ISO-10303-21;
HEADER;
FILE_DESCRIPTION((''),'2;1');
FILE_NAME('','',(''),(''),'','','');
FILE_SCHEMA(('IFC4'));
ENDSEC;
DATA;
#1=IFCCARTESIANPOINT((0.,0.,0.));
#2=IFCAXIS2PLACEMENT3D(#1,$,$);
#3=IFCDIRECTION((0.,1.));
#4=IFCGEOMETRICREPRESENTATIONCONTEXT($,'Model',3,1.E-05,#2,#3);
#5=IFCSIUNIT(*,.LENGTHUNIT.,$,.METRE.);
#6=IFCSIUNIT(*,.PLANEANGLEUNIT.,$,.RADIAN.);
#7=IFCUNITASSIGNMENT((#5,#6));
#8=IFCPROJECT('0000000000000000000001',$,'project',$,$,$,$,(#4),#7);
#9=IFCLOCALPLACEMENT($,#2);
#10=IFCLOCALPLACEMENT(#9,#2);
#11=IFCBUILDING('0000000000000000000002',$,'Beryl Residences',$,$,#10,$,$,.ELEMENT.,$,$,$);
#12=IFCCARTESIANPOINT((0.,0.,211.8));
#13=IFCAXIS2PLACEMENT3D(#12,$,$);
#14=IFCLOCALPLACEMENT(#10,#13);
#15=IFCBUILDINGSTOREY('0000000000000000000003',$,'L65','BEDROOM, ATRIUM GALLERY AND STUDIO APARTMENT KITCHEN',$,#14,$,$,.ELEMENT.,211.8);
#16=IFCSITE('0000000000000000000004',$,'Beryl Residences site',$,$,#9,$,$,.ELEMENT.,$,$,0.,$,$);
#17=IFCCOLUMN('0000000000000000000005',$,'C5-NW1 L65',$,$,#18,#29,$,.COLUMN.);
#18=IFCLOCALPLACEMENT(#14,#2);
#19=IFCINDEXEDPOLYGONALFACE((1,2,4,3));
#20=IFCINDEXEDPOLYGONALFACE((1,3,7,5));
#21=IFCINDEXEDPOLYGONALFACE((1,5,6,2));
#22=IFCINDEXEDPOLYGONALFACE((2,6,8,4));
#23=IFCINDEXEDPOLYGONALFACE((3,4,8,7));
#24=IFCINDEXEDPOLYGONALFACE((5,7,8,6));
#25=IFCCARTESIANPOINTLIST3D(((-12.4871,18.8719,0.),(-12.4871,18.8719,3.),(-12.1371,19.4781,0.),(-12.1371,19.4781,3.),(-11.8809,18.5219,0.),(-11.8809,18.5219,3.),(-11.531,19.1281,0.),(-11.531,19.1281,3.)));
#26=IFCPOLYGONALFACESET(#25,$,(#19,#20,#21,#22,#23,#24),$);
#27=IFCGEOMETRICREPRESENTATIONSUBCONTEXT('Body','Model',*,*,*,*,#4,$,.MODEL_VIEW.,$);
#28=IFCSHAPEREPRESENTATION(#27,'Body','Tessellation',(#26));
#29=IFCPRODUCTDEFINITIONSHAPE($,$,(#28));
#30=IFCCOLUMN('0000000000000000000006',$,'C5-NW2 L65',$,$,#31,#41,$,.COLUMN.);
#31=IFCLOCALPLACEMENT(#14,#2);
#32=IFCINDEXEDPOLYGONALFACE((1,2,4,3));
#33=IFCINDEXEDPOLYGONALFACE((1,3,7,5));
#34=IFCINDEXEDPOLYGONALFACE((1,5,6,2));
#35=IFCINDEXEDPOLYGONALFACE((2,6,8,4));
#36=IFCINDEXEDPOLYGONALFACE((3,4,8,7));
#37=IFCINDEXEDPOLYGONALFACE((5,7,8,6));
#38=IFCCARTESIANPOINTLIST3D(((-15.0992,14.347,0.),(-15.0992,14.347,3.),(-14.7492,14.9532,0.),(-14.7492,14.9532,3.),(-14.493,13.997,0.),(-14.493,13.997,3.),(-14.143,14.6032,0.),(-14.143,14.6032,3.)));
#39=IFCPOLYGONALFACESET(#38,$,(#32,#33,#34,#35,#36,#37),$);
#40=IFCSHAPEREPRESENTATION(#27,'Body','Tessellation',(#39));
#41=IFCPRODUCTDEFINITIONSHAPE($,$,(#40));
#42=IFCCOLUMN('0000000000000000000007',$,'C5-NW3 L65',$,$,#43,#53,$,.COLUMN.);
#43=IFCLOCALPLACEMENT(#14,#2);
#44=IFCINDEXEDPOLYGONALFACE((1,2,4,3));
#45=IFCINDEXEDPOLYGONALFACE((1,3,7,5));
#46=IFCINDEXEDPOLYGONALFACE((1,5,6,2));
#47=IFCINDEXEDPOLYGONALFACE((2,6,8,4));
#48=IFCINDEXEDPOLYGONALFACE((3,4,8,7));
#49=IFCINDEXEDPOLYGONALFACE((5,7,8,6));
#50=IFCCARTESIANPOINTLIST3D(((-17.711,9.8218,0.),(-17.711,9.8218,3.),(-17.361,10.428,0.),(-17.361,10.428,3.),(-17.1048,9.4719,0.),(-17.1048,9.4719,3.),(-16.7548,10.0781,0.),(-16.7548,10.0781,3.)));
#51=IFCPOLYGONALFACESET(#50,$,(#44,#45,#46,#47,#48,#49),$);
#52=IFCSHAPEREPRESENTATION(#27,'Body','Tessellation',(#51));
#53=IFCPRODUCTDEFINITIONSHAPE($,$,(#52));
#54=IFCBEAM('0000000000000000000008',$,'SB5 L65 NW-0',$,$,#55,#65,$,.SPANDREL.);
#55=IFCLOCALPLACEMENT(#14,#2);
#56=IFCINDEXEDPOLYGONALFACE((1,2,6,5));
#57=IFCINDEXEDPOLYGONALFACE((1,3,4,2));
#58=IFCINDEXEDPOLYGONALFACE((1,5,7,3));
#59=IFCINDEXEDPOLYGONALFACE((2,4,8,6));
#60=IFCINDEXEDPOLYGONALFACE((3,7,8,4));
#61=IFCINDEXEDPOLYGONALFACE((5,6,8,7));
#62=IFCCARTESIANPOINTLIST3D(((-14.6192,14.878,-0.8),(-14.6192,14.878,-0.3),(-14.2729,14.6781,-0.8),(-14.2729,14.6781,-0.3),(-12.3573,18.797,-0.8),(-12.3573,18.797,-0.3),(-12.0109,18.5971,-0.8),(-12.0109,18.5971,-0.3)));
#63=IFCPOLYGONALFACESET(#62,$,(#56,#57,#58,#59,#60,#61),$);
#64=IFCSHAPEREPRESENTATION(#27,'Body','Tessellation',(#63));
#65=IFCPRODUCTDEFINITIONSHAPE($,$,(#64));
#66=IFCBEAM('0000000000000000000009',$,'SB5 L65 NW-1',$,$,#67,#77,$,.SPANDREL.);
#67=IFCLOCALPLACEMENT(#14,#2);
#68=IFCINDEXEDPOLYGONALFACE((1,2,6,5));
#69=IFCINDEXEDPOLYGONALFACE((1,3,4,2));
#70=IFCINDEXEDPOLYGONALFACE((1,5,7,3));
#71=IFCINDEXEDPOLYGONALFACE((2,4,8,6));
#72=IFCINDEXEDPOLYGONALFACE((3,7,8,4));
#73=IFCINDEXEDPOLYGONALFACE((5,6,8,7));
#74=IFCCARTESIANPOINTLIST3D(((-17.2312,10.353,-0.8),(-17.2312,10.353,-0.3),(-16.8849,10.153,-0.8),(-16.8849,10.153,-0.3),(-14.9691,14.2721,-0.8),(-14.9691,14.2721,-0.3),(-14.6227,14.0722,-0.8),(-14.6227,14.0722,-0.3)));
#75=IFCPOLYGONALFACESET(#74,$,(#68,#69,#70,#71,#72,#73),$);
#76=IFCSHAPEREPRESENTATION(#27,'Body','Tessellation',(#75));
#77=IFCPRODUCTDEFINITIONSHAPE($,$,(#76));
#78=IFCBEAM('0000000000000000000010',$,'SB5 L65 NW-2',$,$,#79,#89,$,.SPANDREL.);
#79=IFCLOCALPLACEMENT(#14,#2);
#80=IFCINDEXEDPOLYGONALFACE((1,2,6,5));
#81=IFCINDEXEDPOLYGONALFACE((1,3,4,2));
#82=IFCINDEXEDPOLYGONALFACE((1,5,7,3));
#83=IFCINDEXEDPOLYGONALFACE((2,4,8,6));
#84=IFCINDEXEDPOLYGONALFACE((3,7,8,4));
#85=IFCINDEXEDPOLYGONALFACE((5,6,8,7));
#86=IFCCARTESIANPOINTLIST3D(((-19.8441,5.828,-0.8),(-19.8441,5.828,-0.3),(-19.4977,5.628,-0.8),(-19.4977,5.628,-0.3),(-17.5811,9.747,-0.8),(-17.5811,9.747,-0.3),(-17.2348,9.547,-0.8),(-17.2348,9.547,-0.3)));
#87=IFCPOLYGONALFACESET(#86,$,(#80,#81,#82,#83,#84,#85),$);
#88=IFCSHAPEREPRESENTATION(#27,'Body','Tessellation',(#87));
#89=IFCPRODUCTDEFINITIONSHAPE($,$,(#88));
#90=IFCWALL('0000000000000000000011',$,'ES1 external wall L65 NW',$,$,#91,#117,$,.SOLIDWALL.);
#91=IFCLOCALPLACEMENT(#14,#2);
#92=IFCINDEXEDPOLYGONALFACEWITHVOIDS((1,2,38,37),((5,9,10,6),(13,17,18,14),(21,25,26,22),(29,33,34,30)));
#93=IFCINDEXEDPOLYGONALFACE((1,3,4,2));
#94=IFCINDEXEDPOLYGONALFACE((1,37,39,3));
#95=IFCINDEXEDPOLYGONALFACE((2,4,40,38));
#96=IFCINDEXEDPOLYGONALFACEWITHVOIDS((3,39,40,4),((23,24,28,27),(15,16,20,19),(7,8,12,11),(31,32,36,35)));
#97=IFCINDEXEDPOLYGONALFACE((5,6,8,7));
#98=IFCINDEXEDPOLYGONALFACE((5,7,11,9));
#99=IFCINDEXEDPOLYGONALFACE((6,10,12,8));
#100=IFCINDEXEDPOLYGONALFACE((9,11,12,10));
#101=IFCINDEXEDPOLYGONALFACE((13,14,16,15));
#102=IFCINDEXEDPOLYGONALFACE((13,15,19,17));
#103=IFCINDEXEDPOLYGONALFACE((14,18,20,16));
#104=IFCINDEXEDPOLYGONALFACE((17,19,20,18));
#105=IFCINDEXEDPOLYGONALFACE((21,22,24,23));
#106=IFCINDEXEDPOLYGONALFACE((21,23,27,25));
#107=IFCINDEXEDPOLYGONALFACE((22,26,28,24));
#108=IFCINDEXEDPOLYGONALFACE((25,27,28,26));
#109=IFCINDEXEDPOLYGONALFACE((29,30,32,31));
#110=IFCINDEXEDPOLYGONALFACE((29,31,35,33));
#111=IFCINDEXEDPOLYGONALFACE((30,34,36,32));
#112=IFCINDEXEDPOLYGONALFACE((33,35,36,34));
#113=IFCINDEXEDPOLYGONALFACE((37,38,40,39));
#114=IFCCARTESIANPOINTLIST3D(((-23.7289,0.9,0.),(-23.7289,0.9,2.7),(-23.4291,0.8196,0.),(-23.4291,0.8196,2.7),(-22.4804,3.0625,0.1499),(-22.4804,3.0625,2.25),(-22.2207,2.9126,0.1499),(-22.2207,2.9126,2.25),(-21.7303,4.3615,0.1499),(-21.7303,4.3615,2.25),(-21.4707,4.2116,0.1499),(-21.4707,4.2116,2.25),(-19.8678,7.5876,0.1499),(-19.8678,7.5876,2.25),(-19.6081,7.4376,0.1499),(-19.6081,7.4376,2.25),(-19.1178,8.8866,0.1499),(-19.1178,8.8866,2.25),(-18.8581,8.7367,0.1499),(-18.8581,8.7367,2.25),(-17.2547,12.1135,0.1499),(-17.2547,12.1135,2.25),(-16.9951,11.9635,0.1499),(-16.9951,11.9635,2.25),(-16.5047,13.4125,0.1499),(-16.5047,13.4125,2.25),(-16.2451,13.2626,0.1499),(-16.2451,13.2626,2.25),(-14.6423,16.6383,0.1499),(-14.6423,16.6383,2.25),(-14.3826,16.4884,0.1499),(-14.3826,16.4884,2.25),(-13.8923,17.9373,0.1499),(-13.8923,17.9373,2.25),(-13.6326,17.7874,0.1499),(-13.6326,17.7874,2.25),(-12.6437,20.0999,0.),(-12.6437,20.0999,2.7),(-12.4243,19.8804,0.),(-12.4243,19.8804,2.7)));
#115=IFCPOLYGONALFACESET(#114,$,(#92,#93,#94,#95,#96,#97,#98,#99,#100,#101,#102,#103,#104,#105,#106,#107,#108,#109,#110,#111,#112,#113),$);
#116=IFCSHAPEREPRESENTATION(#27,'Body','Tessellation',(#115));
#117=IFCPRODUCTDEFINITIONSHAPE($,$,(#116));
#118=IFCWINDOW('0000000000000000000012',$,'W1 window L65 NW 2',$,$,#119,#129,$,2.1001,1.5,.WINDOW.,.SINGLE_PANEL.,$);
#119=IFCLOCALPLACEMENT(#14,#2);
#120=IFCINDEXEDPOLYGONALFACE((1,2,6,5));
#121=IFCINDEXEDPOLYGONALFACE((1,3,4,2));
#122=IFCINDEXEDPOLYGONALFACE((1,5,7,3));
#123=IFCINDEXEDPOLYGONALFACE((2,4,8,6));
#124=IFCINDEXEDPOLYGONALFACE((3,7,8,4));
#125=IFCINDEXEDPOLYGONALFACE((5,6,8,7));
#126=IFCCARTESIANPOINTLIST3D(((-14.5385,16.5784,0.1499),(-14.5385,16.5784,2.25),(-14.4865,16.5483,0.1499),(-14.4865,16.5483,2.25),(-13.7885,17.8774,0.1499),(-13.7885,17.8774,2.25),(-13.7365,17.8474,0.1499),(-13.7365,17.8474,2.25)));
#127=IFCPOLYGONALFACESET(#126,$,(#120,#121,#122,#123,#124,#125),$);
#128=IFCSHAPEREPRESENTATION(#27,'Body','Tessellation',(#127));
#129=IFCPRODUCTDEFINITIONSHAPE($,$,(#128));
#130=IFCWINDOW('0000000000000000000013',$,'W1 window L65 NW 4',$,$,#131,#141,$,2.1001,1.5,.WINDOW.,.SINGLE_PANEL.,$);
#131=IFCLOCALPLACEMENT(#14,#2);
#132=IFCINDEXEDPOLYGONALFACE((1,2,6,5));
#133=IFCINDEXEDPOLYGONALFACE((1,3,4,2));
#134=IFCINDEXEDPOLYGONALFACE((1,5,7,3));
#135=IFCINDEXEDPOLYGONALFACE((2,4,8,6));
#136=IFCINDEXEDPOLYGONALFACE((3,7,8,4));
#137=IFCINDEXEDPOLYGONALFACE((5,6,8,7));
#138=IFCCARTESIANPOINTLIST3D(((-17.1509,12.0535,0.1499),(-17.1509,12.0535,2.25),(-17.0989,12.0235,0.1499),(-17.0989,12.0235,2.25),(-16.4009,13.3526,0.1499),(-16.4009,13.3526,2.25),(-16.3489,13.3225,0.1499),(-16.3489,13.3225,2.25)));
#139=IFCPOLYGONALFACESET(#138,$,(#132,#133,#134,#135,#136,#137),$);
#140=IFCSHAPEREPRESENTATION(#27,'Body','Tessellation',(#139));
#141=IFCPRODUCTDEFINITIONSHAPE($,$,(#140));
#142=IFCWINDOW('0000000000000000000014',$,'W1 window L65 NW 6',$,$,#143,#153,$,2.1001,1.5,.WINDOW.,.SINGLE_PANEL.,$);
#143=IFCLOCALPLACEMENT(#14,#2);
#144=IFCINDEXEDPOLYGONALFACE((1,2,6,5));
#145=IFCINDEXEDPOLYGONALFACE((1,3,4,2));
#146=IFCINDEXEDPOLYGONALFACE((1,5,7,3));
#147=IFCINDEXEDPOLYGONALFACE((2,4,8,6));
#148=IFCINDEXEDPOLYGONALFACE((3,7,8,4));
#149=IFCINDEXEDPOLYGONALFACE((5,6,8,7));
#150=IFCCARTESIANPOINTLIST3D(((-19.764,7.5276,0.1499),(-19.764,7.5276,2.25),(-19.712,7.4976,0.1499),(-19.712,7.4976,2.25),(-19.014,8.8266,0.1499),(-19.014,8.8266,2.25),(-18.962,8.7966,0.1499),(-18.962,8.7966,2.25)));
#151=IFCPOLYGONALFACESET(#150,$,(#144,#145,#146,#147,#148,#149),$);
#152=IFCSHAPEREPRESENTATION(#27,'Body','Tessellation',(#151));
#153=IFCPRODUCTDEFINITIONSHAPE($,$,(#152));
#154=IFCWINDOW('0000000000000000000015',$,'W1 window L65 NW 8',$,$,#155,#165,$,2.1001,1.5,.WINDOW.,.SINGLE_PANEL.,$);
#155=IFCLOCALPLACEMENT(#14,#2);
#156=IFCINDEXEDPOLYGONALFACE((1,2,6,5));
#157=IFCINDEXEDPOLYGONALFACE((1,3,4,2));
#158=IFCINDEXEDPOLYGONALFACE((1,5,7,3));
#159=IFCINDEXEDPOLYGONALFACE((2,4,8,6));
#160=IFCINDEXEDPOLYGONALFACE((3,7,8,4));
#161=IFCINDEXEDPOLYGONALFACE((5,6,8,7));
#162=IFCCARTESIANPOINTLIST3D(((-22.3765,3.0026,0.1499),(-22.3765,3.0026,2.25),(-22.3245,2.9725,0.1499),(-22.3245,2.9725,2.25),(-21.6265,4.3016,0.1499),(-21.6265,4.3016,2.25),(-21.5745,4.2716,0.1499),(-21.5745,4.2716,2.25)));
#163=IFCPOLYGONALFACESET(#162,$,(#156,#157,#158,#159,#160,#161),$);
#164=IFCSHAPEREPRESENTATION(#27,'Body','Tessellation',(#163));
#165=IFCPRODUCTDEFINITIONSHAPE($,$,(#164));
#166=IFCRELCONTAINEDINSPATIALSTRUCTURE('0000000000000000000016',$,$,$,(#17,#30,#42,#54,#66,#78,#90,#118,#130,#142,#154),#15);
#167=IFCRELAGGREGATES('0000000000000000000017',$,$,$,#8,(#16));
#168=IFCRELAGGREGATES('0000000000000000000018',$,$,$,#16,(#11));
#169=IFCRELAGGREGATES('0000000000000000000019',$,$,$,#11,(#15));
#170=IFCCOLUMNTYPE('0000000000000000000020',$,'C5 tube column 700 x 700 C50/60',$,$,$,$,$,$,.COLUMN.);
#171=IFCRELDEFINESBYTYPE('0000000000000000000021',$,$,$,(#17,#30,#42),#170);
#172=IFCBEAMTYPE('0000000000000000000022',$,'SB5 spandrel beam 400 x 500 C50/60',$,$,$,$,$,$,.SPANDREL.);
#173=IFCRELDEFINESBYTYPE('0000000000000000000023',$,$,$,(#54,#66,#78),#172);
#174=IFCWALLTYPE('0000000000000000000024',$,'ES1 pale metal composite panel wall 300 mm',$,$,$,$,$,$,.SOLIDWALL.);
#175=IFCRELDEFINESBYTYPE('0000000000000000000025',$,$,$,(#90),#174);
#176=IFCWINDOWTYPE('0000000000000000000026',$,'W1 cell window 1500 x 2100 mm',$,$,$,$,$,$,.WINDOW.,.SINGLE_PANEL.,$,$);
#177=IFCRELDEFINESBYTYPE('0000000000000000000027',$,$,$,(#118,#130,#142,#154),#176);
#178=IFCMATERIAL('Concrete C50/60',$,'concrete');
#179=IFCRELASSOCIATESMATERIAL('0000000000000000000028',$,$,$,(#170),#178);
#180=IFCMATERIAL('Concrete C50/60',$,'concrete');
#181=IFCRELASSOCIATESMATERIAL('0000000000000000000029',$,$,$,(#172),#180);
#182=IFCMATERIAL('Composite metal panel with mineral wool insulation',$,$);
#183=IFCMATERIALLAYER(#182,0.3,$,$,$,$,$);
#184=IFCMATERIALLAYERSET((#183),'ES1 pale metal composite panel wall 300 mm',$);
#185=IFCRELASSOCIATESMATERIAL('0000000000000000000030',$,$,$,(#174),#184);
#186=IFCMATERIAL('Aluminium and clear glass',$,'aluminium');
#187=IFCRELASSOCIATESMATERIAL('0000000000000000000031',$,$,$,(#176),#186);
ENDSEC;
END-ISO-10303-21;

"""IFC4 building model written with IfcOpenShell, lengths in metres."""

from ifc_helpers import new_model, si_unit, direction, frame, frame_2d, origin, origin_2d, place, context, subcontext, project, spatial, polyline, rectangle, outline, extrude, material, layer, layer_set, material_profile, profile_set, type_object, element, fill, save


model = new_model("IFC4")

# Units and contexts
model_context = context("Model", 3, precision=1e-05, world=origin(), true_north=direction((0.0, 1.0)))
body_context = subcontext(model_context, "Body", "Model", "MODEL_VIEW")
ifc_project = project(units=[si_unit("LENGTHUNIT", "METRE"), si_unit("PLANEANGLEUNIT", "RADIAN")], contexts=[model_context])

# Site, building, storey
site_placement = place(None, origin())
site = spatial("IfcSite", under=ifc_project, at=site_placement, Name="Beryl Residences site", CompositionType="ELEMENT", RefElevation=0.0)
building_placement = place(site_placement, origin())
building = spatial("IfcBuilding", under=site, at=building_placement, Name="Beryl Residences", CompositionType="ELEMENT")
storey_placement = place(building_placement, frame((0.0, 0.0, 211.8)))
storey = spatial("IfcBuildingStorey", under=building, at=storey_placement, Name="L65", Description="BEDROOM, ATRIUM GALLERY AND STUDIO APARTMENT KITCHEN", CompositionType="ELEMENT", Elevation=211.8)

# Columns
ifc_material_1 = material(Name="Concrete C50/60", Category="concrete")
ifc_material_profile_1 = material_profile(ifc_material_1, rectangle(XDim=0.7, YDim=0.7, at=origin_2d()))
ifc_profile_set_1 = profile_set([ifc_material_profile_1], Name="Concrete C50/60")
column_type = type_object("IfcColumnType", Name="C5 tube column 700 x 700 C50/60", PredefinedType="COLUMN", material=ifc_profile_set_1)
for number, where, z_axis, x_axis, name in (
    (1, (-12.009, 19.0, 0.0), (0.0, 0.0, 1.0), (-0.49997, -0.866043, 0.0), "C5-NW1 L65"),
    (2, (-14.6211, 14.4751, 0.0), (0.0, 0.0, 1.0), (-0.49997, -0.866043, 0.0), "C5-NW2 L65"),
    (3, (-17.2329, 9.95, 0.0), (0.0, 0.0, 1.0), (-0.49997, -0.866043, 0.0), "C5-NW3 L65"),
):
    element("IfcColumn", number, at=place(storey_placement, frame(where, z_axis=z_axis, x_axis=x_axis)), inside=storey, type_object=column_type, Name=name, PredefinedType="COLUMN", context=body_context, shape_type="SweptSolid", body=[
        extrude(rectangle(XDim=0.7, YDim=0.7, at=origin_2d()), origin(), (0.0, 0.0, 1.0), 3.0),
    ])

# Beams
ifc_material_2 = material(Name="Concrete C50/60", Category="concrete")
ifc_material_profile_2 = material_profile(ifc_material_2, rectangle(XDim=0.3999, YDim=0.5, at=origin_2d()))
ifc_profile_set_2 = profile_set([ifc_material_profile_2], Name="Concrete C50/60")
beam_type = type_object("IfcBeamType", Name="SB5 spandrel beam 400 x 500 C50/60", PredefinedType="SPANDREL", material=ifc_profile_set_2)
beam_1_placement = place(storey_placement, frame((-12.1841, 18.697, -0.55), z_axis=(-0.499894, -0.866087, 0.0), x_axis=(0.866087, -0.499894, 0.0)))
element("IfcBeam", 4, at=beam_1_placement, inside=storey, type_object=beam_type, Name="SB5 L65 NW-0", PredefinedType="SPANDREL", context=body_context, shape_type="SweptSolid", body=[
    extrude(rectangle(XDim=0.3999, YDim=0.5, at=origin_2d()), origin(), (0.0, 0.0, 1.0), 4.5249),
])
beam_2_placement = place(storey_placement, frame((-14.7959, 14.1721, -0.55), z_axis=(-0.499911, -0.866077, 0.0), x_axis=(0.866077, -0.499911, 0.0)))
element("IfcBeam", 5, at=beam_2_placement, inside=storey, type_object=beam_type, Name="SB5 L65 NW-1", PredefinedType="SPANDREL", context=body_context, shape_type="SweptSolid", body=[
    extrude(rectangle(XDim=0.3999, YDim=0.5, at=origin_2d()), origin(), (0.0, 0.0, 1.0), 4.5251),
])
beam_3_placement = place(storey_placement, frame((-17.408, 9.647, -0.55), z_axis=(-0.500056, -0.865993, 0.0), x_axis=(0.865993, -0.500056, 0.0)))
element("IfcBeam", 6, at=beam_3_placement, inside=storey, type_object=beam_type, Name="SB5 L65 NW-2", PredefinedType="SPANDREL", context=body_context, shape_type="SweptSolid", body=[
    extrude(rectangle(XDim=0.3999, YDim=0.5, at=origin_2d()), origin(), (0.0, 0.0, 1.0), 4.5254),
])

# Wall, openings, windows
ifc_material_3 = material(Name="Composite metal panel with mineral wool insulation")
ifc_layer_1 = layer(ifc_material_3, 0.3)
ifc_layer_set_1 = layer_set([ifc_layer_1], Name="ES1 pale metal composite panel wall 300 mm")
wall_type_1 = type_object("IfcWallType", Name="ES1 pale metal composite panel wall 300 mm", PredefinedType="SOLIDWALL", material=ifc_layer_set_1)
wall_1_placement = place(storey_placement, frame((-12.5139, 20.0249, 0.0), z_axis=(0.0, 0.0, 1.0), x_axis=(-0.500004, -0.866023, 0.0)))
wall_1 = element("IfcWall", 7, at=wall_1_placement, inside=storey, type_object=wall_type_1, Name="ES1 external wall L65 NW", PredefinedType="SOLIDWALL", context=body_context, shape_type="SweptSolid", body=[
    extrude(outline(polyline([(0.0, -0.1499), (22.1702, -0.1499), (22.0898, 0.1499), (0.0803, 0.1499), (0.0, -0.1499)])), origin(), (0.0, 0.0, 1.0), 2.7),
])
opening_1_placement = place(wall_1_placement, frame((2.4971, 0.0, 0.1499)))
opening_1 = element("IfcOpeningElement", 8, at=opening_1_placement, cuts=wall_1, PredefinedType="OPENING", context=body_context, shape_type="SweptSolid", body=[
    extrude(rectangle(XDim=1.5, YDim=2.1001, at=frame_2d((0.75, 1.05))), frame((0.0, 0.1599, 0.0), z_axis=(0.0, -1.0, 0.0), x_axis=(1.0, 0.0, 0.0)), (0.0, 0.0, 1.0), 0.3201),
])
opening_2_placement = place(wall_1_placement, frame((7.7219, 0.0, 0.1499)))
opening_2 = element("IfcOpeningElement", 9, at=opening_2_placement, cuts=wall_1, PredefinedType="OPENING", context=body_context, shape_type="SweptSolid", body=[
    extrude(rectangle(XDim=1.5, YDim=2.1001, at=frame_2d((0.75, 1.05))), frame((0.0, 0.1599, 0.0), z_axis=(0.0, -1.0, 0.0), x_axis=(1.0, 0.0, 0.0)), (0.0, 0.0, 1.0), 0.3201),
])
opening_3_placement = place(wall_1_placement, frame((12.948, 0.0, 0.1499)))
opening_3 = element("IfcOpeningElement", 10, at=opening_3_placement, cuts=wall_1, PredefinedType="OPENING", context=body_context, shape_type="SweptSolid", body=[
    extrude(rectangle(XDim=1.5, YDim=2.1001, at=frame_2d((0.75, 1.05))), frame((0.0, 0.1599, 0.0), z_axis=(0.0, -1.0, 0.0), x_axis=(1.0, 0.0, 0.0)), (0.0, 0.0, 1.0), 0.3201),
])
opening_4_placement = place(wall_1_placement, frame((18.1731, 0.0, 0.1499)))
opening_4 = element("IfcOpeningElement", 11, at=opening_4_placement, cuts=wall_1, PredefinedType="OPENING", context=body_context, shape_type="SweptSolid", body=[
    extrude(rectangle(XDim=1.5, YDim=2.1001, at=frame_2d((0.75, 1.05))), frame((0.0, 0.1599, 0.0), z_axis=(0.0, -1.0, 0.0), x_axis=(1.0, 0.0, 0.0)), (0.0, 0.0, 1.0), 0.3201),
])
ifc_material_4 = material(Name="Aluminium and clear glass", Category="aluminium")
window_type = type_object("IfcWindowType", Name="W1 cell window 1500 x 2100 mm", PartitioningType="SINGLE_PANEL", PredefinedType="WINDOW", material=ifc_material_4)
window_1_placement = place(opening_1_placement, origin())
window_1 = element("IfcWindow", 12, at=window_1_placement, inside=storey, type_object=window_type, Name="W1 window L65 NW 2", OverallHeight=2.1001, OverallWidth=1.5, PartitioningType="SINGLE_PANEL", PredefinedType="WINDOW", context=body_context, shape_type="SweptSolid", body=[
    extrude(rectangle(XDim=1.5, YDim=2.1001, at=frame_2d((0.75, 1.05))), frame((0.0, 0.03, 0.0), z_axis=(0.0, -1.0, 0.0), x_axis=(1.0, 0.0, 0.0)), (0.0, 0.0, 1.0), 0.0601),
])
fill(opening_1, window_1)
window_2_placement = place(opening_2_placement, origin())
window_2 = element("IfcWindow", 13, at=window_2_placement, inside=storey, type_object=window_type, Name="W1 window L65 NW 4", OverallHeight=2.1001, OverallWidth=1.5, PartitioningType="SINGLE_PANEL", PredefinedType="WINDOW", context=body_context, shape_type="SweptSolid", body=[
    extrude(rectangle(XDim=1.5, YDim=2.1001, at=frame_2d((0.75, 1.05))), frame((0.0, 0.03, 0.0), z_axis=(0.0, -1.0, 0.0), x_axis=(1.0, 0.0, 0.0)), (0.0, 0.0, 1.0), 0.0601),
])
fill(opening_2, window_2)
window_3_placement = place(opening_3_placement, origin())
window_3 = element("IfcWindow", 14, at=window_3_placement, inside=storey, type_object=window_type, Name="W1 window L65 NW 6", OverallHeight=2.1001, OverallWidth=1.5, PartitioningType="SINGLE_PANEL", PredefinedType="WINDOW", context=body_context, shape_type="SweptSolid", body=[
    extrude(rectangle(XDim=1.5, YDim=2.1001, at=frame_2d((0.75, 1.05))), frame((0.0, 0.03, 0.0), z_axis=(0.0, -1.0, 0.0), x_axis=(1.0, 0.0, 0.0)), (0.0, 0.0, 1.0), 0.0601),
])
fill(opening_3, window_3)
window_4_placement = place(opening_4_placement, origin())
window_4 = element("IfcWindow", 15, at=window_4_placement, inside=storey, type_object=window_type, Name="W1 window L65 NW 8", OverallHeight=2.1001, OverallWidth=1.5, PartitioningType="SINGLE_PANEL", PredefinedType="WINDOW", context=body_context, shape_type="SweptSolid", body=[
    extrude(rectangle(XDim=1.5, YDim=2.1001, at=frame_2d((0.75, 1.05))), frame((0.0, 0.03, 0.0), z_axis=(0.0, -1.0, 0.0), x_axis=(1.0, 0.0, 0.0)), (0.0, 0.0, 1.0), 0.0601),
])
fill(opening_4, window_4)

save(model, "model.ifc")
